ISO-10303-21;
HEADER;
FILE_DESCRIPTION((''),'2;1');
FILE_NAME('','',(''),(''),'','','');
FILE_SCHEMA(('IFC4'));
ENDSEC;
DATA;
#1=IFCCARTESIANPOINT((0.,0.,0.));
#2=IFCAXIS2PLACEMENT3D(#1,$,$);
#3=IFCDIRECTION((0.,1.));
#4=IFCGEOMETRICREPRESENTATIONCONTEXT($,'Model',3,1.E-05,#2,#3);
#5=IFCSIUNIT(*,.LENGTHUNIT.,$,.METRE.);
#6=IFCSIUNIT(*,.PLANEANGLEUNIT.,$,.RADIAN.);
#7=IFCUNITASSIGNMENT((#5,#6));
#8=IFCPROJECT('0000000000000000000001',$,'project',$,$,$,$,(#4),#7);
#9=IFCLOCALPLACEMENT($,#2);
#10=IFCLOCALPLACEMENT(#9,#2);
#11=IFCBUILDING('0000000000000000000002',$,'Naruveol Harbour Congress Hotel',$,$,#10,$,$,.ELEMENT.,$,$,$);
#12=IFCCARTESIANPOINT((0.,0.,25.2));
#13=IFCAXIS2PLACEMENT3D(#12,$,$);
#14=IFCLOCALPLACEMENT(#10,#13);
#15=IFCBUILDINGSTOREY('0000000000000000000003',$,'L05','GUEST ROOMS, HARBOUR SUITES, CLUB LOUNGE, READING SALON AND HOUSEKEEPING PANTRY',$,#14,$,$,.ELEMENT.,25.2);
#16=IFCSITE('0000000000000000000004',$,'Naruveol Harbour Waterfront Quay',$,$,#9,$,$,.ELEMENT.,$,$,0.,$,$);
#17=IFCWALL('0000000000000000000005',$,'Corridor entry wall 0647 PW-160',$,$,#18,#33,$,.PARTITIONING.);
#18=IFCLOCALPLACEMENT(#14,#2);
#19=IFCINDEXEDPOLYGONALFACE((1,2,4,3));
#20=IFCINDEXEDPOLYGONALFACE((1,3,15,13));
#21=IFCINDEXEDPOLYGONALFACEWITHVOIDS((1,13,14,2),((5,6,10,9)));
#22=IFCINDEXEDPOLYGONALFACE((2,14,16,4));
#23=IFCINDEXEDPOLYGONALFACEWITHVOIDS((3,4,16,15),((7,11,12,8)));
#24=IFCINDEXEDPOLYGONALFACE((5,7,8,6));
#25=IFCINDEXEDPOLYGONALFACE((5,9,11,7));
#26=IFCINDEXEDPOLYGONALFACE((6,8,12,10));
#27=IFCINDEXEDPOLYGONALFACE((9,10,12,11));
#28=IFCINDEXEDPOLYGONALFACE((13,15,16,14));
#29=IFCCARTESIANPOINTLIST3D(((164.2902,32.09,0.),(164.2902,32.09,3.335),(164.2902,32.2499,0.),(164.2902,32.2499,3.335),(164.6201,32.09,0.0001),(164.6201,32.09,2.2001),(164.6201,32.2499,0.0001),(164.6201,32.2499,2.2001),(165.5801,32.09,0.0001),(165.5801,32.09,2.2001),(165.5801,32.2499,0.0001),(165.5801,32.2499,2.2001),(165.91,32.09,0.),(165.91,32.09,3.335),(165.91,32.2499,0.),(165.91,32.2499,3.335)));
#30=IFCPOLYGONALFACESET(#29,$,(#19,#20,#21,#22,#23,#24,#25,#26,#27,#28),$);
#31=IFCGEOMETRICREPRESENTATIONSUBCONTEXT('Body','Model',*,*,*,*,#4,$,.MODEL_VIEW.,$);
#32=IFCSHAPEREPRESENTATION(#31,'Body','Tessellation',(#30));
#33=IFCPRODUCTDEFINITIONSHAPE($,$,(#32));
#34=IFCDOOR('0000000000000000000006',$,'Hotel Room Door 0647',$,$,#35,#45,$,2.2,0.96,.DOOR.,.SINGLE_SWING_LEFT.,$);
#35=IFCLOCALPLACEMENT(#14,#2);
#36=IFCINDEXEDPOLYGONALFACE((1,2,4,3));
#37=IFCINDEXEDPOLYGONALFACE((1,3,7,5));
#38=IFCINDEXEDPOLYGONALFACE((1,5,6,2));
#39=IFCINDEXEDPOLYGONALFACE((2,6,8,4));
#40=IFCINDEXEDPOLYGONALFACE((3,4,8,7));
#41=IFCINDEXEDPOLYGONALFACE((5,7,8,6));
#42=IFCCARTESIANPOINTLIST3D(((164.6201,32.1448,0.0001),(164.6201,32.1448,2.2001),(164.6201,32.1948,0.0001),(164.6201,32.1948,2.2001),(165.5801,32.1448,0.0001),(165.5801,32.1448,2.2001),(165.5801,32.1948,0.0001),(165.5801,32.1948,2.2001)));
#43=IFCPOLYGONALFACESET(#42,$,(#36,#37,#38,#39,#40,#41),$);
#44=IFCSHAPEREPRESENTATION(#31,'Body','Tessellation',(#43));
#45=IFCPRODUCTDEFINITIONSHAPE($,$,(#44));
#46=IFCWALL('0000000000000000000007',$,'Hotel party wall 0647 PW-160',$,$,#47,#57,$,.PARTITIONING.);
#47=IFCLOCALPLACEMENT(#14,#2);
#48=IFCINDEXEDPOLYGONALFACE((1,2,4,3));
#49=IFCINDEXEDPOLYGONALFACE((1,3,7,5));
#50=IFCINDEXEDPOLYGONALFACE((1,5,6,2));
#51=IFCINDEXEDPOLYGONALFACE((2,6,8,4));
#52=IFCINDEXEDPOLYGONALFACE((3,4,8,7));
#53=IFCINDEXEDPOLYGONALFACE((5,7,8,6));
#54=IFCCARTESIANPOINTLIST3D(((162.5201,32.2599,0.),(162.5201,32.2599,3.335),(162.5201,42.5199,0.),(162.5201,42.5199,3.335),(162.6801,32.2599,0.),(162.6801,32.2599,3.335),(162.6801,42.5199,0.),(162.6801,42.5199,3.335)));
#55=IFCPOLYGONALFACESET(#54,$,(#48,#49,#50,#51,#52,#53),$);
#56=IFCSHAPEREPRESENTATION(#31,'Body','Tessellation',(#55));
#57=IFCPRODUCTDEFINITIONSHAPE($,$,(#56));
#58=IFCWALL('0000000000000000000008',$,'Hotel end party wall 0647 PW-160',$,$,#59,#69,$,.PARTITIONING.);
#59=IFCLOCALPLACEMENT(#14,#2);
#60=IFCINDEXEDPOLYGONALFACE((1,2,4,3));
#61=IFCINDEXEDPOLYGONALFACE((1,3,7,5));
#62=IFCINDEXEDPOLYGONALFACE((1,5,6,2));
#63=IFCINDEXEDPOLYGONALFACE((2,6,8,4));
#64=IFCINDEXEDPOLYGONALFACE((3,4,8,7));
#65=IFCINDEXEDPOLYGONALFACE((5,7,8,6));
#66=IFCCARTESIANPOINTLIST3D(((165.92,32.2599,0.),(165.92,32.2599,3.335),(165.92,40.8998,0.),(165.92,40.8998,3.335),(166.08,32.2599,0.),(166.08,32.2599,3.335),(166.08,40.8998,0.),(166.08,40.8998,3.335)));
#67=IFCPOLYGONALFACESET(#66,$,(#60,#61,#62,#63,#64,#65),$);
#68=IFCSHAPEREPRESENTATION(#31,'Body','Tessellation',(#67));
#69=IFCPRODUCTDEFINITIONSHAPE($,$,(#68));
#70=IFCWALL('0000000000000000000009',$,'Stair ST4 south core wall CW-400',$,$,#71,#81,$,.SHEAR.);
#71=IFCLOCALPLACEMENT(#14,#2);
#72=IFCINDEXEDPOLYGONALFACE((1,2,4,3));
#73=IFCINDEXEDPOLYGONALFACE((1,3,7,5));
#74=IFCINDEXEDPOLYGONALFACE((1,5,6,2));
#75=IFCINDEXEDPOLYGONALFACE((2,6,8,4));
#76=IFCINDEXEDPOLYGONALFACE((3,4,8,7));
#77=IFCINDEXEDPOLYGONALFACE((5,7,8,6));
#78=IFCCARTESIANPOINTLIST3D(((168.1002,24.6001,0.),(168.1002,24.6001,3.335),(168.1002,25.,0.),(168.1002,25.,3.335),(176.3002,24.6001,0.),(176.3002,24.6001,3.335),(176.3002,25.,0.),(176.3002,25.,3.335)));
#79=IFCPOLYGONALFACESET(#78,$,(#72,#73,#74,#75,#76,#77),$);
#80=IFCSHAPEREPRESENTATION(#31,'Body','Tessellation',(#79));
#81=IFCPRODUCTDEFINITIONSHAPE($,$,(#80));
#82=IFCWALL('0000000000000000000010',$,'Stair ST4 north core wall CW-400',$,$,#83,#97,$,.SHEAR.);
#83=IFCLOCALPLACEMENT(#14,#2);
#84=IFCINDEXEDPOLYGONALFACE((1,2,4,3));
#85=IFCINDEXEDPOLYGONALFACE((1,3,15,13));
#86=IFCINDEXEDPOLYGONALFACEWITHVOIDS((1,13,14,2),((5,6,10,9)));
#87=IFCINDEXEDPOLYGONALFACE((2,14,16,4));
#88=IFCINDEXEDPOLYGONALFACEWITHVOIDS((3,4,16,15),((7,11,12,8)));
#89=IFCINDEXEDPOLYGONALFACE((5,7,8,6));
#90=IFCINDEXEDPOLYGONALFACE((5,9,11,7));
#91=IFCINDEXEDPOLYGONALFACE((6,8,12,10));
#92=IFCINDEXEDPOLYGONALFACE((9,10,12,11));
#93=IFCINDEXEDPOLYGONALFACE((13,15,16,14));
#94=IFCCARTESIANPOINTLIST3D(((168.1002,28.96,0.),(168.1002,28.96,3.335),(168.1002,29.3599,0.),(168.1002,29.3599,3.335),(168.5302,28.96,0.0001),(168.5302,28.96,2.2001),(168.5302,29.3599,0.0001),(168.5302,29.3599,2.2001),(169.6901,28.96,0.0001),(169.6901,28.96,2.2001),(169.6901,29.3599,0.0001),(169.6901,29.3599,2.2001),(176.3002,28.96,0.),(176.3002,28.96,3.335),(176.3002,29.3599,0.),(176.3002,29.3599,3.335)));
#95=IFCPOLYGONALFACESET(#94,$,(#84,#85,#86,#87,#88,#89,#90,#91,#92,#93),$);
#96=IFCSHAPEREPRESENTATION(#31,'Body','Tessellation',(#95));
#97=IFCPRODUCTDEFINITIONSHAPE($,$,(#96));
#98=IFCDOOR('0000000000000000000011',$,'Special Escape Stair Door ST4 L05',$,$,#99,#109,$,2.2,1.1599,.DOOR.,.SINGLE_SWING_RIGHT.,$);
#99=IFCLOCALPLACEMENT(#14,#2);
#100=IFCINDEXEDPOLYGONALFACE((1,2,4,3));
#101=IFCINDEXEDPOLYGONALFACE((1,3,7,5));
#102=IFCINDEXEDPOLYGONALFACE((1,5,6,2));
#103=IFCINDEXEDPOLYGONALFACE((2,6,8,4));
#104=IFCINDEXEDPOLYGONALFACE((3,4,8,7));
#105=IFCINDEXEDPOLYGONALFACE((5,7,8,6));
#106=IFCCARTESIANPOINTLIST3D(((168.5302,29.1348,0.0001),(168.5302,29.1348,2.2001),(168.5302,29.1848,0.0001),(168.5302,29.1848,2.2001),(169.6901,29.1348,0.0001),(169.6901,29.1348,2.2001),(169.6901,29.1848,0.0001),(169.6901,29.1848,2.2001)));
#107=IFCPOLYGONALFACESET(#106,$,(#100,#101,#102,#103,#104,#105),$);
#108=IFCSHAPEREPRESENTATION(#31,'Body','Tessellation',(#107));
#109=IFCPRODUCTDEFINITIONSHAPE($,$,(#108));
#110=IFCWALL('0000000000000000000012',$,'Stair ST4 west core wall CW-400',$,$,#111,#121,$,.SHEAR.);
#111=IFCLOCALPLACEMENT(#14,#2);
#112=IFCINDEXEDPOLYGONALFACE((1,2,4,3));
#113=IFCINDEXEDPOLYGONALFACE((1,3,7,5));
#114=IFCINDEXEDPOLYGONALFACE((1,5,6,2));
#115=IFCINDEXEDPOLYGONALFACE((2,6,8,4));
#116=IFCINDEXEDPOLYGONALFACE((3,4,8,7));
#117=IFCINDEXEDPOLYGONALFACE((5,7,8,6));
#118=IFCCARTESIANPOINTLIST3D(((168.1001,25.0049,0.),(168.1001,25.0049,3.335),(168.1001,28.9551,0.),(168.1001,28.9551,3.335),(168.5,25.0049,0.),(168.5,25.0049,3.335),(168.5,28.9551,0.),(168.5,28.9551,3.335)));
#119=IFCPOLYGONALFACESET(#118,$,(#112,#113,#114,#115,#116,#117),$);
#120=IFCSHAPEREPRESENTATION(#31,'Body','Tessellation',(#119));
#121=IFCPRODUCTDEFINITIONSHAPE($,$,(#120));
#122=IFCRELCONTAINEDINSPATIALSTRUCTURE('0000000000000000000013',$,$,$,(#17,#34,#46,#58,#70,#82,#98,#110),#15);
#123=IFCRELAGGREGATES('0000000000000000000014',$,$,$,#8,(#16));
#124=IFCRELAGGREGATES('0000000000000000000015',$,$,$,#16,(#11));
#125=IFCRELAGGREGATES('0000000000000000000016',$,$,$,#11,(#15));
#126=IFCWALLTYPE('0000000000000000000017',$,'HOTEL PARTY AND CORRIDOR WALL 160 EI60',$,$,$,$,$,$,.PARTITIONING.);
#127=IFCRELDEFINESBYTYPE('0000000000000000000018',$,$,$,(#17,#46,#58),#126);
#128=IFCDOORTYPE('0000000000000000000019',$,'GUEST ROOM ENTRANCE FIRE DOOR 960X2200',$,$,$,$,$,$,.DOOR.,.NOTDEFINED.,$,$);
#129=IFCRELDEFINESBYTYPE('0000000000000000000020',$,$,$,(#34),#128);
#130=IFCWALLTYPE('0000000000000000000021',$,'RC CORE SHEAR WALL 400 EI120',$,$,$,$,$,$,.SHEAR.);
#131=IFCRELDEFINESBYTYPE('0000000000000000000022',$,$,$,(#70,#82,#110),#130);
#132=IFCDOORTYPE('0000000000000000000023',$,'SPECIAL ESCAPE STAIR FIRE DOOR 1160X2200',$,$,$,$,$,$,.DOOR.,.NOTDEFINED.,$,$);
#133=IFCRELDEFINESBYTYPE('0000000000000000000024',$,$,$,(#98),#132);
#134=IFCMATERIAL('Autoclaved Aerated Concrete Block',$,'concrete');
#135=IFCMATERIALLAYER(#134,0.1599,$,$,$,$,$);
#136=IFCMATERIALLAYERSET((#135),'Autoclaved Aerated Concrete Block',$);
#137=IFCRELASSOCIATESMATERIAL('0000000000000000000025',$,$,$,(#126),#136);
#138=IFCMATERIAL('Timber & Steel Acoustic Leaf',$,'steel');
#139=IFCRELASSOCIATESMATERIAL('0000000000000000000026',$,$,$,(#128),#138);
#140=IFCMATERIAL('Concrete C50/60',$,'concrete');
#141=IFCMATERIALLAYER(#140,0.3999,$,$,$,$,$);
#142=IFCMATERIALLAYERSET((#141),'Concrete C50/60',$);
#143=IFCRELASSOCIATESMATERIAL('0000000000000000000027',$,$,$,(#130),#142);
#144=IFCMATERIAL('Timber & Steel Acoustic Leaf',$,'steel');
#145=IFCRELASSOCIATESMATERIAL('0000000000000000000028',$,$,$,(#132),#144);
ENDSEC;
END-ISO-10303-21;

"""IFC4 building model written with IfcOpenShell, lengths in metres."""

from ifc_helpers import new_model, si_unit, direction, frame, frame_2d, origin, place, context, subcontext, project, spatial, rectangle, extrude, material, layer, layer_set, type_object, element, fill, save


model = new_model("IFC4")

# Units and contexts
model_context = context("Model", 3, precision=1e-05, world=origin(), true_north=direction((0.0, 1.0)))
body_context = subcontext(model_context, "Body", "Model", "MODEL_VIEW")
ifc_project = project(units=[si_unit("LENGTHUNIT", "METRE"), si_unit("PLANEANGLEUNIT", "RADIAN")], contexts=[model_context])

# Site, building, storey
site_placement = place(None, origin())
site = spatial("IfcSite", under=ifc_project, at=site_placement, Name="Naruveol Harbour Waterfront Quay", CompositionType="ELEMENT", RefElevation=0.0)
building_placement = place(site_placement, origin())
building = spatial("IfcBuilding", under=site, at=building_placement, Name="Naruveol Harbour Congress Hotel", CompositionType="ELEMENT")
storey_placement = place(building_placement, frame((0.0, 0.0, 25.2)))
storey = spatial("IfcBuildingStorey", under=building, at=storey_placement, Name="L05", Description="GUEST ROOMS, HARBOUR SUITES, CLUB LOUNGE, READING SALON AND HOUSEKEEPING PANTRY", CompositionType="ELEMENT", Elevation=25.2)

# Shared definitions
ifc_material_1 = material(Name="Autoclaved Aerated Concrete Block", Category="concrete")
ifc_layer_1 = layer(ifc_material_1, 0.1599)
ifc_layer_set_1 = layer_set([ifc_layer_1], Name="Autoclaved Aerated Concrete Block")
wall_type_1 = type_object("IfcWallType", Name="HOTEL PARTY AND CORRIDOR WALL 160 EI60", PredefinedType="PARTITIONING", material=ifc_layer_set_1)
ifc_material_2 = material(Name="Timber & Steel Acoustic Leaf", Category="steel")
door_type_1 = type_object("IfcDoorType", Name="GUEST ROOM ENTRANCE FIRE DOOR 960X2200", OperationType="NOTDEFINED", PredefinedType="DOOR", material=ifc_material_2)

# Wall, opening, door
wall_1_placement = place(storey_placement, frame((164.29, 32.1699, 0.0), z_axis=(0.0, 0.0, 1.0), x_axis=(1.0, 0.0, 0.0)))
wall_1 = element("IfcWall", 1, at=wall_1_placement, inside=storey, type_object=wall_type_1, Name="Corridor entry wall 0647 PW-160", PredefinedType="PARTITIONING", context=body_context, shape_type="SweptSolid", body=[
    extrude(rectangle(XDim=1.6199, YDim=0.1599, at=frame_2d((0.8101, 0.0))), origin(), (0.0, 0.0, 1.0), 3.335),
])
opening_1_placement = place(wall_1_placement, frame((0.3301, 0.0, 0.0)))
opening_1 = element("IfcOpeningElement", 2, at=opening_1_placement, cuts=wall_1, PredefinedType="OPENING", context=body_context, shape_type="SweptSolid", body=[
    extrude(rectangle(XDim=0.96, YDim=2.2, at=frame_2d((0.48, 1.1001))), frame((0.0, 0.0898, 0.0), z_axis=(0.0, -1.0, 0.0), x_axis=(1.0, 0.0, 0.0)), (0.0, 0.0, 1.0), 0.1799),
])
door_1_placement = place(opening_1_placement, origin())
door_1 = element("IfcDoor", 3, at=door_1_placement, inside=storey, type_object=door_type_1, Name="Hotel Room Door 0647", OperationType="SINGLE_SWING_LEFT", OverallHeight=2.2, OverallWidth=0.96, PredefinedType="DOOR", context=body_context, shape_type="SweptSolid", body=[
    extrude(rectangle(XDim=0.96, YDim=2.2, at=frame_2d((0.48, 1.1001))), frame((0.0, 0.0249, 0.0), z_axis=(0.0, -1.0, 0.0), x_axis=(1.0, 0.0, 0.0)), (0.0, 0.0, 1.0), 0.05),
])
fill(opening_1, door_1)

# Walls
wall_2_placement = place(storey_placement, frame((162.6001, 32.26, 0.0), z_axis=(0.0, 0.0, 1.0), x_axis=(0.0, 1.0, 0.0)))
element("IfcWall", 4, at=wall_2_placement, inside=storey, type_object=wall_type_1, Name="Hotel party wall 0647 PW-160", PredefinedType="PARTITIONING", context=body_context, shape_type="SweptSolid", body=[
    extrude(rectangle(XDim=10.26, YDim=0.1599, at=frame_2d((5.1299, 0.0))), origin(), (0.0, 0.0, 1.0), 3.335),
])
wall_3_placement = place(storey_placement, frame((166.0, 32.26, 0.0), z_axis=(0.0, 0.0, 1.0), x_axis=(0.0, 1.0, 0.0)))
element("IfcWall", 5, at=wall_3_placement, inside=storey, type_object=wall_type_1, Name="Hotel end party wall 0647 PW-160", PredefinedType="PARTITIONING", context=body_context, shape_type="SweptSolid", body=[
    extrude(rectangle(XDim=8.6399, YDim=0.1599, at=frame_2d((4.3198, 0.0))), origin(), (0.0, 0.0, 1.0), 3.335),
])
ifc_material_3 = material(Name="Concrete C50/60", Category="concrete")
ifc_layer_2 = layer(ifc_material_3, 0.3999)
ifc_layer_set_2 = layer_set([ifc_layer_2], Name="Concrete C50/60")
wall_type_2 = type_object("IfcWallType", Name="RC CORE SHEAR WALL 400 EI120", PredefinedType="SHEAR", material=ifc_layer_set_2)
wall_4_placement = place(storey_placement, frame((168.1001, 24.8, 0.0), z_axis=(0.0, 0.0, 1.0), x_axis=(1.0, 0.0, 0.0)))
element("IfcWall", 6, at=wall_4_placement, inside=storey, type_object=wall_type_2, Name="Stair ST4 south core wall CW-400", PredefinedType="SHEAR", context=body_context, shape_type="SweptSolid", body=[
    extrude(rectangle(XDim=8.2, YDim=0.3999, at=frame_2d((4.1001, 0.0))), origin(), (0.0, 0.0, 1.0), 3.335),
])

# Wall, opening, door
wall_5_placement = place(storey_placement, frame((168.1001, 29.1599, 0.0), z_axis=(0.0, 0.0, 1.0), x_axis=(1.0, 0.0, 0.0)))
wall_5 = element("IfcWall", 7, at=wall_5_placement, inside=storey, type_object=wall_type_2, Name="Stair ST4 north core wall CW-400", PredefinedType="SHEAR", context=body_context, shape_type="SweptSolid", body=[
    extrude(rectangle(XDim=8.2, YDim=0.3999, at=frame_2d((4.1001, 0.0))), origin(), (0.0, 0.0, 1.0), 3.335),
])
opening_2_placement = place(wall_5_placement, frame((0.4299, 0.0, 0.0)))
opening_2 = element("IfcOpeningElement", 8, at=opening_2_placement, cuts=wall_5, PredefinedType="OPENING", context=body_context, shape_type="SweptSolid", body=[
    extrude(rectangle(XDim=1.1599, YDim=2.2, at=frame_2d((0.5801, 1.1001))), frame((0.0, 0.21, 0.0), z_axis=(0.0, -1.0, 0.0), x_axis=(1.0, 0.0, 0.0)), (0.0, 0.0, 1.0), 0.4199),
])
ifc_material_4 = material(Name="Timber & Steel Acoustic Leaf", Category="steel")
door_type_2 = type_object("IfcDoorType", Name="SPECIAL ESCAPE STAIR FIRE DOOR 1160X2200", OperationType="NOTDEFINED", PredefinedType="DOOR", material=ifc_material_4)
door_2_placement = place(opening_2_placement, origin())
door_2 = element("IfcDoor", 9, at=door_2_placement, inside=storey, type_object=door_type_2, Name="Special Escape Stair Door ST4 L05", OperationType="SINGLE_SWING_RIGHT", OverallHeight=2.2, OverallWidth=1.1599, PredefinedType="DOOR", context=body_context, shape_type="SweptSolid", body=[
    extrude(rectangle(XDim=1.1599, YDim=2.2, at=frame_2d((0.5801, 1.1001))), frame((0.0, 0.0249, 0.0), z_axis=(0.0, -1.0, 0.0), x_axis=(1.0, 0.0, 0.0)), (0.0, 0.0, 1.0), 0.05),
])
fill(opening_2, door_2)

# Wall
wall_6_placement = place(storey_placement, frame((168.3, 25.0049, 0.0), z_axis=(0.0, 0.0, 1.0), x_axis=(0.0, 1.0, 0.0)))
element("IfcWall", 10, at=wall_6_placement, inside=storey, type_object=wall_type_2, Name="Stair ST4 west core wall CW-400", PredefinedType="SHEAR", context=body_context, shape_type="SweptSolid", body=[
    extrude(rectangle(XDim=3.9502, YDim=0.3999, at=frame_2d((1.9751, 0.0))), origin(), (0.0, 0.0, 1.0), 3.335),
])

save(model, "model.ifc")
